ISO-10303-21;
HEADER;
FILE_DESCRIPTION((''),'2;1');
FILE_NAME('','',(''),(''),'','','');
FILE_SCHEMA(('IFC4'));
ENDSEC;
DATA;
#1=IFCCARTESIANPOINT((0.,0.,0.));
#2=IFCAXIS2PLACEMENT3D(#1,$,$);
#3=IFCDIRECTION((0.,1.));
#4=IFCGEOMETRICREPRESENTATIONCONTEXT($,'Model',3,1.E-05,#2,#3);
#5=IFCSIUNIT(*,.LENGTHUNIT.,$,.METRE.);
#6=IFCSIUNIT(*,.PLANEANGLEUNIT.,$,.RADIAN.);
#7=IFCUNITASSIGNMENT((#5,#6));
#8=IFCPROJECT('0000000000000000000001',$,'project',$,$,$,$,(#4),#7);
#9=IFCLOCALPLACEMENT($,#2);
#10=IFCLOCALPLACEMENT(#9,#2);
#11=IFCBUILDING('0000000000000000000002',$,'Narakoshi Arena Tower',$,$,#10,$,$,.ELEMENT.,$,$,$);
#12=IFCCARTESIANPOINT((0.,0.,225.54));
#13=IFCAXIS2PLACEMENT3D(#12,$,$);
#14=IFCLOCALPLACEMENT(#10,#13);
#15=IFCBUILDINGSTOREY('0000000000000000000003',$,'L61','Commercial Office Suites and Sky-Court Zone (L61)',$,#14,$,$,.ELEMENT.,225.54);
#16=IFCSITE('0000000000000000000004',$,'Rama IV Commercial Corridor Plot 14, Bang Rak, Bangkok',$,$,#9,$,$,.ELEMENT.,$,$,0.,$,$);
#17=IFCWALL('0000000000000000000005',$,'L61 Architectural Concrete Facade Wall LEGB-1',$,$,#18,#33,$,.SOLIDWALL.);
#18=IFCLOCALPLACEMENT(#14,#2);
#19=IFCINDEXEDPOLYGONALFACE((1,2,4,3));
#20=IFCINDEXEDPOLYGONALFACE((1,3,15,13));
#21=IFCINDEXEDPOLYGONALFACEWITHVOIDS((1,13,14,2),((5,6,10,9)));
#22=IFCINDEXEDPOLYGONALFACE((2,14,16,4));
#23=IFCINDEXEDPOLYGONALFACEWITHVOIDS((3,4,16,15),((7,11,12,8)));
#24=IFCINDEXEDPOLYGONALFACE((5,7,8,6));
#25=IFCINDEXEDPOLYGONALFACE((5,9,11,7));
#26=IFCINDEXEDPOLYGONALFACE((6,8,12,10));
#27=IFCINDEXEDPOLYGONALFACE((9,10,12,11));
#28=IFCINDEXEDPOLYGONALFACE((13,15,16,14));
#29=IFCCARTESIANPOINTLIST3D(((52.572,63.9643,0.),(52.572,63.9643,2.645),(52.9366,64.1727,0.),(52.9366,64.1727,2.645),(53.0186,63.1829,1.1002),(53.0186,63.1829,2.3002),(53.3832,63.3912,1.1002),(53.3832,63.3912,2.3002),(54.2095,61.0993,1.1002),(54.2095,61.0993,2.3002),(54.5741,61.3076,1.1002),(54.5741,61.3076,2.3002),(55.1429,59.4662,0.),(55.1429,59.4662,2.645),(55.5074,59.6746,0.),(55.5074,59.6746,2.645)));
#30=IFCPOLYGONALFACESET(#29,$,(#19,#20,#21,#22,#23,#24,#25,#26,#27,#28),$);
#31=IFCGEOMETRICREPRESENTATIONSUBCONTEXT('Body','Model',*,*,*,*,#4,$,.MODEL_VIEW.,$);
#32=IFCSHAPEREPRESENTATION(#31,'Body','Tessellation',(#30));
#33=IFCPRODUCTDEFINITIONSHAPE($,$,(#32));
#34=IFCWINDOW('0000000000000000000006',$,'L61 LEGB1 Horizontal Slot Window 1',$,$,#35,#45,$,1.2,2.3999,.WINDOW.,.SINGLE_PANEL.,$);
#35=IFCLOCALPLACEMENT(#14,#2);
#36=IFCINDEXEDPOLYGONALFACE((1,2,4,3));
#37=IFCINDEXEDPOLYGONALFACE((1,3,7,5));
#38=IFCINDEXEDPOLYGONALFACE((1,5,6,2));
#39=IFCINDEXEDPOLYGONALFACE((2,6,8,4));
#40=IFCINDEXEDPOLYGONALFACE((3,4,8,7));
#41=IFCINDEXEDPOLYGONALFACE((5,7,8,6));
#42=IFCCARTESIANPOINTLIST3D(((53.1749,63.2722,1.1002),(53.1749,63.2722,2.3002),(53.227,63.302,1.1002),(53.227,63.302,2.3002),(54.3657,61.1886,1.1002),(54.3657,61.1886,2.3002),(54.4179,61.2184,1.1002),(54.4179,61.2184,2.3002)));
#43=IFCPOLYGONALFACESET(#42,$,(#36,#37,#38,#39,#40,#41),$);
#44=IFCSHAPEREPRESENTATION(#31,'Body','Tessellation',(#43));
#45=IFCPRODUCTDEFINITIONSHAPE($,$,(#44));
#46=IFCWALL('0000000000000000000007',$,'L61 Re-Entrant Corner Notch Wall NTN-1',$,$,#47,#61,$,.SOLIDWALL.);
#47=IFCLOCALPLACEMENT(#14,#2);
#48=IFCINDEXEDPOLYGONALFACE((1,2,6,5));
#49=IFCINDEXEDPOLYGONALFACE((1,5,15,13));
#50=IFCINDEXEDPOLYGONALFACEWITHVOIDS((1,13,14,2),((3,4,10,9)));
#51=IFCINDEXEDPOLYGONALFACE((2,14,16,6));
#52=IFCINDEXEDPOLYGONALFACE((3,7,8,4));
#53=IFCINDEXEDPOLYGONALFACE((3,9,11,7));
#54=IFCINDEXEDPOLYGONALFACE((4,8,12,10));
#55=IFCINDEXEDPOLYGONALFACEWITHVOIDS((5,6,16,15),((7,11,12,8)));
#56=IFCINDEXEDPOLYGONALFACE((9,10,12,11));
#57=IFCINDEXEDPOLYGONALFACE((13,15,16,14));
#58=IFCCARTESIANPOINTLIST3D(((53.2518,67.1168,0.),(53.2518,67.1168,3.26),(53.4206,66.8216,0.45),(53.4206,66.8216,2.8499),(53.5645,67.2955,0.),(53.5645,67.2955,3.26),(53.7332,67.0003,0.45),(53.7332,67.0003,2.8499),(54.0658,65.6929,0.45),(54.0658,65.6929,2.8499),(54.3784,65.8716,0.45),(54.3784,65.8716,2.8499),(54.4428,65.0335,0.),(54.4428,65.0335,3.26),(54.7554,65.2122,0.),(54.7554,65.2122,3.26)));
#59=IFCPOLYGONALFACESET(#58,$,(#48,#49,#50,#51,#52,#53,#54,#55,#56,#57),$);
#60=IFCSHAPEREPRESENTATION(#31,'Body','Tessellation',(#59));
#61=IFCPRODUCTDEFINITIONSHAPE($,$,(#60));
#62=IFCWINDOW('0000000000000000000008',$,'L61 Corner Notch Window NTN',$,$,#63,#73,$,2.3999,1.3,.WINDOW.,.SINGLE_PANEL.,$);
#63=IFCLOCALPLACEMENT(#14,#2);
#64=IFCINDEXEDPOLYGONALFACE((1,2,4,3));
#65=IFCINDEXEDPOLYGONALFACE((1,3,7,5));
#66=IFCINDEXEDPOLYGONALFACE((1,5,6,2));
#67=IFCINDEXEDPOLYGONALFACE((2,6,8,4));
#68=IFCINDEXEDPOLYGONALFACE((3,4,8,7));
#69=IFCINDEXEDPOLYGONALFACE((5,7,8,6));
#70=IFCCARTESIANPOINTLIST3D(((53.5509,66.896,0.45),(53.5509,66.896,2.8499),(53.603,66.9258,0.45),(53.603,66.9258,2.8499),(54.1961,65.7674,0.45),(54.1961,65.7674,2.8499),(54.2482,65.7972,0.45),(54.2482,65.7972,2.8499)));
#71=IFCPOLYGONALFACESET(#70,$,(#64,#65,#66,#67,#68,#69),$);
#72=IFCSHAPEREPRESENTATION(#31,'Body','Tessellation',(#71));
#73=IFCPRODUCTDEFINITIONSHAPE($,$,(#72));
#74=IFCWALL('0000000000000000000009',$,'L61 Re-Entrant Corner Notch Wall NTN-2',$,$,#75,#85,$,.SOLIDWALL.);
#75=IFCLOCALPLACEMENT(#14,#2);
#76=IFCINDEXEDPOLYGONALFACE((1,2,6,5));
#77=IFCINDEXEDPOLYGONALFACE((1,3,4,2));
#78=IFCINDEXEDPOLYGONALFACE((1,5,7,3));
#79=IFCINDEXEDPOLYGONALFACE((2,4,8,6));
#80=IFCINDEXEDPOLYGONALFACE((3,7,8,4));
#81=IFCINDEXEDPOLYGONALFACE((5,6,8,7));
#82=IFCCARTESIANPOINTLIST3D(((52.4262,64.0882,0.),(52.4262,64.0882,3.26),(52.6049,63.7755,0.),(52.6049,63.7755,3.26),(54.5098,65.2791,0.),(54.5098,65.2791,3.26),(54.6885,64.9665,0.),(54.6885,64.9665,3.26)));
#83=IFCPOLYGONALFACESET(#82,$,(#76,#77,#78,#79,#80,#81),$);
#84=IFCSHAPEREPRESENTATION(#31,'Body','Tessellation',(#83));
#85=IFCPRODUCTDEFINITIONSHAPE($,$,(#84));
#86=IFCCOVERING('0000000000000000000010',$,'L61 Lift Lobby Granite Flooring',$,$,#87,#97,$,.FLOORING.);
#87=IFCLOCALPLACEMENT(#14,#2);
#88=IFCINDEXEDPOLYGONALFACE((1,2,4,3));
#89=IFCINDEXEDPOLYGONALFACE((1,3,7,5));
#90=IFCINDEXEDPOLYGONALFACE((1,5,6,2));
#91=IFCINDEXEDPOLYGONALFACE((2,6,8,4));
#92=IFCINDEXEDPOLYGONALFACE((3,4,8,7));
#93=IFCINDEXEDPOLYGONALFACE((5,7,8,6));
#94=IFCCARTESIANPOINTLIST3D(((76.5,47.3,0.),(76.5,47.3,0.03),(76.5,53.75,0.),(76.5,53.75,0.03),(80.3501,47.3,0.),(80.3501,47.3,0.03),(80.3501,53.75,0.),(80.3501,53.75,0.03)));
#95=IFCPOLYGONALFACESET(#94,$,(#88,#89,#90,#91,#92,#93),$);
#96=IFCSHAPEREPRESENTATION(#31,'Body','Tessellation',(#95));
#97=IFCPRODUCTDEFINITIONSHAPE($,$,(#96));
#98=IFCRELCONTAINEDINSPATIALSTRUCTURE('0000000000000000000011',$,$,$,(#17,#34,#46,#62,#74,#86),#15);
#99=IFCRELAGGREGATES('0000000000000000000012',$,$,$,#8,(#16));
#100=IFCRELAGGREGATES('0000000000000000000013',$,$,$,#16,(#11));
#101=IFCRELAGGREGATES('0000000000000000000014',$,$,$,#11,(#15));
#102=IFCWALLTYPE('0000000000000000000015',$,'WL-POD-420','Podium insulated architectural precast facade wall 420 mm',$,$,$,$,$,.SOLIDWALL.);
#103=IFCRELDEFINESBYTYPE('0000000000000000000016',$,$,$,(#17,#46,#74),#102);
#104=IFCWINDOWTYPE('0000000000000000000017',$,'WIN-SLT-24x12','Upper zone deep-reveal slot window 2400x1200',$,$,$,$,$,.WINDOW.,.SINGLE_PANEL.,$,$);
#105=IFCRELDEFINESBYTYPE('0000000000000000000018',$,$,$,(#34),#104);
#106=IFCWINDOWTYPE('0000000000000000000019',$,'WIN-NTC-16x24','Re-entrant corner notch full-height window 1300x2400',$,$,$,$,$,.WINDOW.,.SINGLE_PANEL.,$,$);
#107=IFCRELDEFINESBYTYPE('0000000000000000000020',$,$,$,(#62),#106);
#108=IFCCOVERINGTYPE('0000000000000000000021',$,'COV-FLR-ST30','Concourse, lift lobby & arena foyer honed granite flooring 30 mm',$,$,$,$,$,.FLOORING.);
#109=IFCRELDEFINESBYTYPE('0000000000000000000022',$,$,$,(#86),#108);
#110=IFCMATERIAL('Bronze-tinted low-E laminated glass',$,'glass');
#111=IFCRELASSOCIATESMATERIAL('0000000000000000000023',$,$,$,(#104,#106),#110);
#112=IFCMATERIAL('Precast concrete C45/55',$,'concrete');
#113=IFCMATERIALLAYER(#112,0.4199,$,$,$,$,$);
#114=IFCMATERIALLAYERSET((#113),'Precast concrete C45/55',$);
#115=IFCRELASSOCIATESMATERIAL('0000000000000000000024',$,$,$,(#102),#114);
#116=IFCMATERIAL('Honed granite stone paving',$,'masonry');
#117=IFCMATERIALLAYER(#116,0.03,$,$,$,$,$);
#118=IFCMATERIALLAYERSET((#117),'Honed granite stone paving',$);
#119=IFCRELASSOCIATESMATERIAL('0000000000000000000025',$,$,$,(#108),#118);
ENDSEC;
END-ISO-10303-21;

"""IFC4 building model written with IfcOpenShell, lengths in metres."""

from ifc_helpers import new_model, si_unit, direction, frame, frame_2d, origin, place, context, subcontext, project, spatial, polyline, rectangle, outline, extrude, material, layer, layer_set, type_object, element, fill, save


model = new_model("IFC4")

# Units and contexts
model_context = context("Model", 3, precision=1e-05, world=origin(), true_north=direction((0.0, 1.0)))
body_context = subcontext(model_context, "Body", "Model", "MODEL_VIEW")
ifc_project = project(units=[si_unit("LENGTHUNIT", "METRE"), si_unit("PLANEANGLEUNIT", "RADIAN")], contexts=[model_context])

# Site, building, storey
site_placement = place(None, origin())
site = spatial("IfcSite", under=ifc_project, at=site_placement, Name="Rama IV Commercial Corridor Plot 14, Bang Rak, Bangkok", CompositionType="ELEMENT", RefElevation=0.0)
building_placement = place(site_placement, origin())
building = spatial("IfcBuilding", under=site, at=building_placement, Name="Narakoshi Arena Tower", CompositionType="ELEMENT")
storey_placement = place(building_placement, frame((0.0, 0.0, 225.54)))
storey = spatial("IfcBuildingStorey", under=building, at=storey_placement, Name="L61", Description="Commercial Office Suites and Sky-Court Zone (L61)", CompositionType="ELEMENT", Elevation=225.54)

# Shared definitions
ifc_material_1 = material(Name="Bronze-tinted low-E laminated glass", Category="glass")

# Shared definitions
window_type_1 = type_object("IfcWindowType", Name="WIN-SLT-24x12", Description="Upper zone deep-reveal slot window 2400x1200", PartitioningType="SINGLE_PANEL", PredefinedType="WINDOW", material=ifc_material_1)

# Shared definitions
ifc_material_2 = material(Name="Precast concrete C45/55", Category="concrete")

# Walls, openings, windows
ifc_layer_1 = layer(ifc_material_2, 0.4199)
ifc_layer_set_1 = layer_set([ifc_layer_1], Name="Precast concrete C45/55")
wall_type_1 = type_object("IfcWallType", Name="WL-POD-420", Description="Podium insulated architectural precast facade wall 420 mm", PredefinedType="SOLIDWALL", material=ifc_layer_set_1)
wall_1_placement = place(storey_placement, frame((52.7544, 64.0684, 0.0), z_axis=(0.0, 0.0, 1.0), x_axis=(0.49621, -0.868203, 0.0)))
wall_1 = element("IfcWall", 1, at=wall_1_placement, inside=storey, type_object=wall_type_1, Name="L61 Architectural Concrete Facade Wall LEGB-1", PredefinedType="SOLIDWALL", context=body_context, shape_type="SweptSolid", body=[
    extrude(rectangle(XDim=5.1809, YDim=0.4199, at=frame_2d((2.5903, 0.0))), origin(), (0.0, 0.0, 1.0), 2.645),
])
opening_1_placement = place(wall_1_placement, frame((0.8999, 0.0, 1.1001)))
opening_1 = element("IfcOpeningElement", 2, at=opening_1_placement, cuts=wall_1, PredefinedType="OPENING", context=body_context, shape_type="SweptSolid", body=[
    extrude(rectangle(XDim=2.3999, YDim=1.2, at=frame_2d((1.2, 0.6001))), frame((0.0, 0.22, 0.0), z_axis=(0.0, -1.0, 0.0), x_axis=(1.0, 0.0, 0.0)), (0.0, 0.0, 1.0), 0.4399),
])
window_1_placement = place(opening_1_placement, origin())
window_1 = element("IfcWindow", 3, at=window_1_placement, inside=storey, type_object=window_type_1, Name="L61 LEGB1 Horizontal Slot Window 1", OverallHeight=1.2, OverallWidth=2.3999, PartitioningType="SINGLE_PANEL", PredefinedType="WINDOW", context=body_context, shape_type="SweptSolid", body=[
    extrude(rectangle(XDim=2.3999, YDim=1.2, at=frame_2d((1.2, 0.6001))), frame((0.0, 0.03, 0.0), z_axis=(0.0, -1.0, 0.0), x_axis=(1.0, 0.0, 0.0)), (0.0, 0.0, 1.0), 0.0601),
])
fill(opening_1, window_1)
wall_2_placement = place(storey_placement, frame((53.4082, 67.2061, 0.0), z_axis=(0.0, 0.0, 1.0), x_axis=(0.496292, -0.868155, 0.0)))
wall_2 = element("IfcWall", 4, at=wall_2_placement, inside=storey, type_object=wall_type_1, Name="L61 Re-Entrant Corner Notch Wall NTN-1", PredefinedType="SOLIDWALL", context=body_context, shape_type="SweptSolid", body=[
    extrude(rectangle(XDim=2.3997, YDim=0.3601, at=frame_2d((1.1997, 0.0))), origin(), (0.0, 0.0, 1.0), 3.26),
])
opening_2_placement = place(wall_2_placement, frame((0.3401, 0.0, 0.45)))
opening_2 = element("IfcOpeningElement", 5, at=opening_2_placement, cuts=wall_2, PredefinedType="OPENING", context=body_context, shape_type="SweptSolid", body=[
    extrude(rectangle(XDim=1.3, YDim=2.3999, at=frame_2d((0.6499, 1.2))), frame((0.0, 0.1899, 0.0), z_axis=(0.0, -1.0, 0.0), x_axis=(1.0, 0.0, 0.0)), (0.0, 0.0, 1.0), 0.3801),
])
window_type_2 = type_object("IfcWindowType", Name="WIN-NTC-16x24", Description="Re-entrant corner notch full-height window 1300x2400", PartitioningType="SINGLE_PANEL", PredefinedType="WINDOW", material=ifc_material_1)
window_2_placement = place(opening_2_placement, origin())
window_2 = element("IfcWindow", 6, at=window_2_placement, inside=storey, type_object=window_type_2, Name="L61 Corner Notch Window NTN", OverallHeight=2.3999, OverallWidth=1.3, PartitioningType="SINGLE_PANEL", PredefinedType="WINDOW", context=body_context, shape_type="SweptSolid", body=[
    extrude(rectangle(XDim=1.3, YDim=2.3999, at=frame_2d((0.6499, 1.2))), frame((0.0, 0.03, 0.0), z_axis=(0.0, -1.0, 0.0), x_axis=(1.0, 0.0, 0.0)), (0.0, 0.0, 1.0), 0.0601),
])
fill(opening_2, window_2)

# Wall
wall_3_placement = place(storey_placement, frame((54.5991, 65.1228, 0.0), z_axis=(0.0, 0.0, 1.0), x_axis=(-0.868181, -0.496248, 0.0)))
element("IfcWall", 7, at=wall_3_placement, inside=storey, type_object=wall_type_1, Name="L61 Re-Entrant Corner Notch Wall NTN-2", PredefinedType="SOLIDWALL", context=body_context, shape_type="SweptSolid", body=[
    extrude(rectangle(XDim=2.3999, YDim=0.3601, at=frame_2d((1.2, 0.0))), origin(), (0.0, 0.0, 1.0), 3.26),
])

# Covering
ifc_material_3 = material(Name="Honed granite stone paving", Category="masonry")
ifc_layer_2 = layer(ifc_material_3, 0.03)
ifc_layer_set_2 = layer_set([ifc_layer_2], Name="Honed granite stone paving")
covering_type_1 = type_object("IfcCoveringType", Name="COV-FLR-ST30", Description="Concourse, lift lobby & arena foyer honed granite flooring 30 mm", PredefinedType="FLOORING", material=ifc_layer_set_2)
covering_1_placement = place(storey_placement, origin())
element("IfcCovering", 8, at=covering_1_placement, inside=storey, type_object=covering_type_1, Name="L61 Lift Lobby Granite Flooring", PredefinedType="FLOORING", context=body_context, shape_type="SweptSolid", body=[
    extrude(outline(polyline([(76.5, 47.3), (80.3501, 47.3), (80.3501, 53.75), (76.5, 53.75), (76.5, 47.3)])), origin(), (0.0, 0.0, 1.0), 0.03),
])

save(model, "model.ifc")
